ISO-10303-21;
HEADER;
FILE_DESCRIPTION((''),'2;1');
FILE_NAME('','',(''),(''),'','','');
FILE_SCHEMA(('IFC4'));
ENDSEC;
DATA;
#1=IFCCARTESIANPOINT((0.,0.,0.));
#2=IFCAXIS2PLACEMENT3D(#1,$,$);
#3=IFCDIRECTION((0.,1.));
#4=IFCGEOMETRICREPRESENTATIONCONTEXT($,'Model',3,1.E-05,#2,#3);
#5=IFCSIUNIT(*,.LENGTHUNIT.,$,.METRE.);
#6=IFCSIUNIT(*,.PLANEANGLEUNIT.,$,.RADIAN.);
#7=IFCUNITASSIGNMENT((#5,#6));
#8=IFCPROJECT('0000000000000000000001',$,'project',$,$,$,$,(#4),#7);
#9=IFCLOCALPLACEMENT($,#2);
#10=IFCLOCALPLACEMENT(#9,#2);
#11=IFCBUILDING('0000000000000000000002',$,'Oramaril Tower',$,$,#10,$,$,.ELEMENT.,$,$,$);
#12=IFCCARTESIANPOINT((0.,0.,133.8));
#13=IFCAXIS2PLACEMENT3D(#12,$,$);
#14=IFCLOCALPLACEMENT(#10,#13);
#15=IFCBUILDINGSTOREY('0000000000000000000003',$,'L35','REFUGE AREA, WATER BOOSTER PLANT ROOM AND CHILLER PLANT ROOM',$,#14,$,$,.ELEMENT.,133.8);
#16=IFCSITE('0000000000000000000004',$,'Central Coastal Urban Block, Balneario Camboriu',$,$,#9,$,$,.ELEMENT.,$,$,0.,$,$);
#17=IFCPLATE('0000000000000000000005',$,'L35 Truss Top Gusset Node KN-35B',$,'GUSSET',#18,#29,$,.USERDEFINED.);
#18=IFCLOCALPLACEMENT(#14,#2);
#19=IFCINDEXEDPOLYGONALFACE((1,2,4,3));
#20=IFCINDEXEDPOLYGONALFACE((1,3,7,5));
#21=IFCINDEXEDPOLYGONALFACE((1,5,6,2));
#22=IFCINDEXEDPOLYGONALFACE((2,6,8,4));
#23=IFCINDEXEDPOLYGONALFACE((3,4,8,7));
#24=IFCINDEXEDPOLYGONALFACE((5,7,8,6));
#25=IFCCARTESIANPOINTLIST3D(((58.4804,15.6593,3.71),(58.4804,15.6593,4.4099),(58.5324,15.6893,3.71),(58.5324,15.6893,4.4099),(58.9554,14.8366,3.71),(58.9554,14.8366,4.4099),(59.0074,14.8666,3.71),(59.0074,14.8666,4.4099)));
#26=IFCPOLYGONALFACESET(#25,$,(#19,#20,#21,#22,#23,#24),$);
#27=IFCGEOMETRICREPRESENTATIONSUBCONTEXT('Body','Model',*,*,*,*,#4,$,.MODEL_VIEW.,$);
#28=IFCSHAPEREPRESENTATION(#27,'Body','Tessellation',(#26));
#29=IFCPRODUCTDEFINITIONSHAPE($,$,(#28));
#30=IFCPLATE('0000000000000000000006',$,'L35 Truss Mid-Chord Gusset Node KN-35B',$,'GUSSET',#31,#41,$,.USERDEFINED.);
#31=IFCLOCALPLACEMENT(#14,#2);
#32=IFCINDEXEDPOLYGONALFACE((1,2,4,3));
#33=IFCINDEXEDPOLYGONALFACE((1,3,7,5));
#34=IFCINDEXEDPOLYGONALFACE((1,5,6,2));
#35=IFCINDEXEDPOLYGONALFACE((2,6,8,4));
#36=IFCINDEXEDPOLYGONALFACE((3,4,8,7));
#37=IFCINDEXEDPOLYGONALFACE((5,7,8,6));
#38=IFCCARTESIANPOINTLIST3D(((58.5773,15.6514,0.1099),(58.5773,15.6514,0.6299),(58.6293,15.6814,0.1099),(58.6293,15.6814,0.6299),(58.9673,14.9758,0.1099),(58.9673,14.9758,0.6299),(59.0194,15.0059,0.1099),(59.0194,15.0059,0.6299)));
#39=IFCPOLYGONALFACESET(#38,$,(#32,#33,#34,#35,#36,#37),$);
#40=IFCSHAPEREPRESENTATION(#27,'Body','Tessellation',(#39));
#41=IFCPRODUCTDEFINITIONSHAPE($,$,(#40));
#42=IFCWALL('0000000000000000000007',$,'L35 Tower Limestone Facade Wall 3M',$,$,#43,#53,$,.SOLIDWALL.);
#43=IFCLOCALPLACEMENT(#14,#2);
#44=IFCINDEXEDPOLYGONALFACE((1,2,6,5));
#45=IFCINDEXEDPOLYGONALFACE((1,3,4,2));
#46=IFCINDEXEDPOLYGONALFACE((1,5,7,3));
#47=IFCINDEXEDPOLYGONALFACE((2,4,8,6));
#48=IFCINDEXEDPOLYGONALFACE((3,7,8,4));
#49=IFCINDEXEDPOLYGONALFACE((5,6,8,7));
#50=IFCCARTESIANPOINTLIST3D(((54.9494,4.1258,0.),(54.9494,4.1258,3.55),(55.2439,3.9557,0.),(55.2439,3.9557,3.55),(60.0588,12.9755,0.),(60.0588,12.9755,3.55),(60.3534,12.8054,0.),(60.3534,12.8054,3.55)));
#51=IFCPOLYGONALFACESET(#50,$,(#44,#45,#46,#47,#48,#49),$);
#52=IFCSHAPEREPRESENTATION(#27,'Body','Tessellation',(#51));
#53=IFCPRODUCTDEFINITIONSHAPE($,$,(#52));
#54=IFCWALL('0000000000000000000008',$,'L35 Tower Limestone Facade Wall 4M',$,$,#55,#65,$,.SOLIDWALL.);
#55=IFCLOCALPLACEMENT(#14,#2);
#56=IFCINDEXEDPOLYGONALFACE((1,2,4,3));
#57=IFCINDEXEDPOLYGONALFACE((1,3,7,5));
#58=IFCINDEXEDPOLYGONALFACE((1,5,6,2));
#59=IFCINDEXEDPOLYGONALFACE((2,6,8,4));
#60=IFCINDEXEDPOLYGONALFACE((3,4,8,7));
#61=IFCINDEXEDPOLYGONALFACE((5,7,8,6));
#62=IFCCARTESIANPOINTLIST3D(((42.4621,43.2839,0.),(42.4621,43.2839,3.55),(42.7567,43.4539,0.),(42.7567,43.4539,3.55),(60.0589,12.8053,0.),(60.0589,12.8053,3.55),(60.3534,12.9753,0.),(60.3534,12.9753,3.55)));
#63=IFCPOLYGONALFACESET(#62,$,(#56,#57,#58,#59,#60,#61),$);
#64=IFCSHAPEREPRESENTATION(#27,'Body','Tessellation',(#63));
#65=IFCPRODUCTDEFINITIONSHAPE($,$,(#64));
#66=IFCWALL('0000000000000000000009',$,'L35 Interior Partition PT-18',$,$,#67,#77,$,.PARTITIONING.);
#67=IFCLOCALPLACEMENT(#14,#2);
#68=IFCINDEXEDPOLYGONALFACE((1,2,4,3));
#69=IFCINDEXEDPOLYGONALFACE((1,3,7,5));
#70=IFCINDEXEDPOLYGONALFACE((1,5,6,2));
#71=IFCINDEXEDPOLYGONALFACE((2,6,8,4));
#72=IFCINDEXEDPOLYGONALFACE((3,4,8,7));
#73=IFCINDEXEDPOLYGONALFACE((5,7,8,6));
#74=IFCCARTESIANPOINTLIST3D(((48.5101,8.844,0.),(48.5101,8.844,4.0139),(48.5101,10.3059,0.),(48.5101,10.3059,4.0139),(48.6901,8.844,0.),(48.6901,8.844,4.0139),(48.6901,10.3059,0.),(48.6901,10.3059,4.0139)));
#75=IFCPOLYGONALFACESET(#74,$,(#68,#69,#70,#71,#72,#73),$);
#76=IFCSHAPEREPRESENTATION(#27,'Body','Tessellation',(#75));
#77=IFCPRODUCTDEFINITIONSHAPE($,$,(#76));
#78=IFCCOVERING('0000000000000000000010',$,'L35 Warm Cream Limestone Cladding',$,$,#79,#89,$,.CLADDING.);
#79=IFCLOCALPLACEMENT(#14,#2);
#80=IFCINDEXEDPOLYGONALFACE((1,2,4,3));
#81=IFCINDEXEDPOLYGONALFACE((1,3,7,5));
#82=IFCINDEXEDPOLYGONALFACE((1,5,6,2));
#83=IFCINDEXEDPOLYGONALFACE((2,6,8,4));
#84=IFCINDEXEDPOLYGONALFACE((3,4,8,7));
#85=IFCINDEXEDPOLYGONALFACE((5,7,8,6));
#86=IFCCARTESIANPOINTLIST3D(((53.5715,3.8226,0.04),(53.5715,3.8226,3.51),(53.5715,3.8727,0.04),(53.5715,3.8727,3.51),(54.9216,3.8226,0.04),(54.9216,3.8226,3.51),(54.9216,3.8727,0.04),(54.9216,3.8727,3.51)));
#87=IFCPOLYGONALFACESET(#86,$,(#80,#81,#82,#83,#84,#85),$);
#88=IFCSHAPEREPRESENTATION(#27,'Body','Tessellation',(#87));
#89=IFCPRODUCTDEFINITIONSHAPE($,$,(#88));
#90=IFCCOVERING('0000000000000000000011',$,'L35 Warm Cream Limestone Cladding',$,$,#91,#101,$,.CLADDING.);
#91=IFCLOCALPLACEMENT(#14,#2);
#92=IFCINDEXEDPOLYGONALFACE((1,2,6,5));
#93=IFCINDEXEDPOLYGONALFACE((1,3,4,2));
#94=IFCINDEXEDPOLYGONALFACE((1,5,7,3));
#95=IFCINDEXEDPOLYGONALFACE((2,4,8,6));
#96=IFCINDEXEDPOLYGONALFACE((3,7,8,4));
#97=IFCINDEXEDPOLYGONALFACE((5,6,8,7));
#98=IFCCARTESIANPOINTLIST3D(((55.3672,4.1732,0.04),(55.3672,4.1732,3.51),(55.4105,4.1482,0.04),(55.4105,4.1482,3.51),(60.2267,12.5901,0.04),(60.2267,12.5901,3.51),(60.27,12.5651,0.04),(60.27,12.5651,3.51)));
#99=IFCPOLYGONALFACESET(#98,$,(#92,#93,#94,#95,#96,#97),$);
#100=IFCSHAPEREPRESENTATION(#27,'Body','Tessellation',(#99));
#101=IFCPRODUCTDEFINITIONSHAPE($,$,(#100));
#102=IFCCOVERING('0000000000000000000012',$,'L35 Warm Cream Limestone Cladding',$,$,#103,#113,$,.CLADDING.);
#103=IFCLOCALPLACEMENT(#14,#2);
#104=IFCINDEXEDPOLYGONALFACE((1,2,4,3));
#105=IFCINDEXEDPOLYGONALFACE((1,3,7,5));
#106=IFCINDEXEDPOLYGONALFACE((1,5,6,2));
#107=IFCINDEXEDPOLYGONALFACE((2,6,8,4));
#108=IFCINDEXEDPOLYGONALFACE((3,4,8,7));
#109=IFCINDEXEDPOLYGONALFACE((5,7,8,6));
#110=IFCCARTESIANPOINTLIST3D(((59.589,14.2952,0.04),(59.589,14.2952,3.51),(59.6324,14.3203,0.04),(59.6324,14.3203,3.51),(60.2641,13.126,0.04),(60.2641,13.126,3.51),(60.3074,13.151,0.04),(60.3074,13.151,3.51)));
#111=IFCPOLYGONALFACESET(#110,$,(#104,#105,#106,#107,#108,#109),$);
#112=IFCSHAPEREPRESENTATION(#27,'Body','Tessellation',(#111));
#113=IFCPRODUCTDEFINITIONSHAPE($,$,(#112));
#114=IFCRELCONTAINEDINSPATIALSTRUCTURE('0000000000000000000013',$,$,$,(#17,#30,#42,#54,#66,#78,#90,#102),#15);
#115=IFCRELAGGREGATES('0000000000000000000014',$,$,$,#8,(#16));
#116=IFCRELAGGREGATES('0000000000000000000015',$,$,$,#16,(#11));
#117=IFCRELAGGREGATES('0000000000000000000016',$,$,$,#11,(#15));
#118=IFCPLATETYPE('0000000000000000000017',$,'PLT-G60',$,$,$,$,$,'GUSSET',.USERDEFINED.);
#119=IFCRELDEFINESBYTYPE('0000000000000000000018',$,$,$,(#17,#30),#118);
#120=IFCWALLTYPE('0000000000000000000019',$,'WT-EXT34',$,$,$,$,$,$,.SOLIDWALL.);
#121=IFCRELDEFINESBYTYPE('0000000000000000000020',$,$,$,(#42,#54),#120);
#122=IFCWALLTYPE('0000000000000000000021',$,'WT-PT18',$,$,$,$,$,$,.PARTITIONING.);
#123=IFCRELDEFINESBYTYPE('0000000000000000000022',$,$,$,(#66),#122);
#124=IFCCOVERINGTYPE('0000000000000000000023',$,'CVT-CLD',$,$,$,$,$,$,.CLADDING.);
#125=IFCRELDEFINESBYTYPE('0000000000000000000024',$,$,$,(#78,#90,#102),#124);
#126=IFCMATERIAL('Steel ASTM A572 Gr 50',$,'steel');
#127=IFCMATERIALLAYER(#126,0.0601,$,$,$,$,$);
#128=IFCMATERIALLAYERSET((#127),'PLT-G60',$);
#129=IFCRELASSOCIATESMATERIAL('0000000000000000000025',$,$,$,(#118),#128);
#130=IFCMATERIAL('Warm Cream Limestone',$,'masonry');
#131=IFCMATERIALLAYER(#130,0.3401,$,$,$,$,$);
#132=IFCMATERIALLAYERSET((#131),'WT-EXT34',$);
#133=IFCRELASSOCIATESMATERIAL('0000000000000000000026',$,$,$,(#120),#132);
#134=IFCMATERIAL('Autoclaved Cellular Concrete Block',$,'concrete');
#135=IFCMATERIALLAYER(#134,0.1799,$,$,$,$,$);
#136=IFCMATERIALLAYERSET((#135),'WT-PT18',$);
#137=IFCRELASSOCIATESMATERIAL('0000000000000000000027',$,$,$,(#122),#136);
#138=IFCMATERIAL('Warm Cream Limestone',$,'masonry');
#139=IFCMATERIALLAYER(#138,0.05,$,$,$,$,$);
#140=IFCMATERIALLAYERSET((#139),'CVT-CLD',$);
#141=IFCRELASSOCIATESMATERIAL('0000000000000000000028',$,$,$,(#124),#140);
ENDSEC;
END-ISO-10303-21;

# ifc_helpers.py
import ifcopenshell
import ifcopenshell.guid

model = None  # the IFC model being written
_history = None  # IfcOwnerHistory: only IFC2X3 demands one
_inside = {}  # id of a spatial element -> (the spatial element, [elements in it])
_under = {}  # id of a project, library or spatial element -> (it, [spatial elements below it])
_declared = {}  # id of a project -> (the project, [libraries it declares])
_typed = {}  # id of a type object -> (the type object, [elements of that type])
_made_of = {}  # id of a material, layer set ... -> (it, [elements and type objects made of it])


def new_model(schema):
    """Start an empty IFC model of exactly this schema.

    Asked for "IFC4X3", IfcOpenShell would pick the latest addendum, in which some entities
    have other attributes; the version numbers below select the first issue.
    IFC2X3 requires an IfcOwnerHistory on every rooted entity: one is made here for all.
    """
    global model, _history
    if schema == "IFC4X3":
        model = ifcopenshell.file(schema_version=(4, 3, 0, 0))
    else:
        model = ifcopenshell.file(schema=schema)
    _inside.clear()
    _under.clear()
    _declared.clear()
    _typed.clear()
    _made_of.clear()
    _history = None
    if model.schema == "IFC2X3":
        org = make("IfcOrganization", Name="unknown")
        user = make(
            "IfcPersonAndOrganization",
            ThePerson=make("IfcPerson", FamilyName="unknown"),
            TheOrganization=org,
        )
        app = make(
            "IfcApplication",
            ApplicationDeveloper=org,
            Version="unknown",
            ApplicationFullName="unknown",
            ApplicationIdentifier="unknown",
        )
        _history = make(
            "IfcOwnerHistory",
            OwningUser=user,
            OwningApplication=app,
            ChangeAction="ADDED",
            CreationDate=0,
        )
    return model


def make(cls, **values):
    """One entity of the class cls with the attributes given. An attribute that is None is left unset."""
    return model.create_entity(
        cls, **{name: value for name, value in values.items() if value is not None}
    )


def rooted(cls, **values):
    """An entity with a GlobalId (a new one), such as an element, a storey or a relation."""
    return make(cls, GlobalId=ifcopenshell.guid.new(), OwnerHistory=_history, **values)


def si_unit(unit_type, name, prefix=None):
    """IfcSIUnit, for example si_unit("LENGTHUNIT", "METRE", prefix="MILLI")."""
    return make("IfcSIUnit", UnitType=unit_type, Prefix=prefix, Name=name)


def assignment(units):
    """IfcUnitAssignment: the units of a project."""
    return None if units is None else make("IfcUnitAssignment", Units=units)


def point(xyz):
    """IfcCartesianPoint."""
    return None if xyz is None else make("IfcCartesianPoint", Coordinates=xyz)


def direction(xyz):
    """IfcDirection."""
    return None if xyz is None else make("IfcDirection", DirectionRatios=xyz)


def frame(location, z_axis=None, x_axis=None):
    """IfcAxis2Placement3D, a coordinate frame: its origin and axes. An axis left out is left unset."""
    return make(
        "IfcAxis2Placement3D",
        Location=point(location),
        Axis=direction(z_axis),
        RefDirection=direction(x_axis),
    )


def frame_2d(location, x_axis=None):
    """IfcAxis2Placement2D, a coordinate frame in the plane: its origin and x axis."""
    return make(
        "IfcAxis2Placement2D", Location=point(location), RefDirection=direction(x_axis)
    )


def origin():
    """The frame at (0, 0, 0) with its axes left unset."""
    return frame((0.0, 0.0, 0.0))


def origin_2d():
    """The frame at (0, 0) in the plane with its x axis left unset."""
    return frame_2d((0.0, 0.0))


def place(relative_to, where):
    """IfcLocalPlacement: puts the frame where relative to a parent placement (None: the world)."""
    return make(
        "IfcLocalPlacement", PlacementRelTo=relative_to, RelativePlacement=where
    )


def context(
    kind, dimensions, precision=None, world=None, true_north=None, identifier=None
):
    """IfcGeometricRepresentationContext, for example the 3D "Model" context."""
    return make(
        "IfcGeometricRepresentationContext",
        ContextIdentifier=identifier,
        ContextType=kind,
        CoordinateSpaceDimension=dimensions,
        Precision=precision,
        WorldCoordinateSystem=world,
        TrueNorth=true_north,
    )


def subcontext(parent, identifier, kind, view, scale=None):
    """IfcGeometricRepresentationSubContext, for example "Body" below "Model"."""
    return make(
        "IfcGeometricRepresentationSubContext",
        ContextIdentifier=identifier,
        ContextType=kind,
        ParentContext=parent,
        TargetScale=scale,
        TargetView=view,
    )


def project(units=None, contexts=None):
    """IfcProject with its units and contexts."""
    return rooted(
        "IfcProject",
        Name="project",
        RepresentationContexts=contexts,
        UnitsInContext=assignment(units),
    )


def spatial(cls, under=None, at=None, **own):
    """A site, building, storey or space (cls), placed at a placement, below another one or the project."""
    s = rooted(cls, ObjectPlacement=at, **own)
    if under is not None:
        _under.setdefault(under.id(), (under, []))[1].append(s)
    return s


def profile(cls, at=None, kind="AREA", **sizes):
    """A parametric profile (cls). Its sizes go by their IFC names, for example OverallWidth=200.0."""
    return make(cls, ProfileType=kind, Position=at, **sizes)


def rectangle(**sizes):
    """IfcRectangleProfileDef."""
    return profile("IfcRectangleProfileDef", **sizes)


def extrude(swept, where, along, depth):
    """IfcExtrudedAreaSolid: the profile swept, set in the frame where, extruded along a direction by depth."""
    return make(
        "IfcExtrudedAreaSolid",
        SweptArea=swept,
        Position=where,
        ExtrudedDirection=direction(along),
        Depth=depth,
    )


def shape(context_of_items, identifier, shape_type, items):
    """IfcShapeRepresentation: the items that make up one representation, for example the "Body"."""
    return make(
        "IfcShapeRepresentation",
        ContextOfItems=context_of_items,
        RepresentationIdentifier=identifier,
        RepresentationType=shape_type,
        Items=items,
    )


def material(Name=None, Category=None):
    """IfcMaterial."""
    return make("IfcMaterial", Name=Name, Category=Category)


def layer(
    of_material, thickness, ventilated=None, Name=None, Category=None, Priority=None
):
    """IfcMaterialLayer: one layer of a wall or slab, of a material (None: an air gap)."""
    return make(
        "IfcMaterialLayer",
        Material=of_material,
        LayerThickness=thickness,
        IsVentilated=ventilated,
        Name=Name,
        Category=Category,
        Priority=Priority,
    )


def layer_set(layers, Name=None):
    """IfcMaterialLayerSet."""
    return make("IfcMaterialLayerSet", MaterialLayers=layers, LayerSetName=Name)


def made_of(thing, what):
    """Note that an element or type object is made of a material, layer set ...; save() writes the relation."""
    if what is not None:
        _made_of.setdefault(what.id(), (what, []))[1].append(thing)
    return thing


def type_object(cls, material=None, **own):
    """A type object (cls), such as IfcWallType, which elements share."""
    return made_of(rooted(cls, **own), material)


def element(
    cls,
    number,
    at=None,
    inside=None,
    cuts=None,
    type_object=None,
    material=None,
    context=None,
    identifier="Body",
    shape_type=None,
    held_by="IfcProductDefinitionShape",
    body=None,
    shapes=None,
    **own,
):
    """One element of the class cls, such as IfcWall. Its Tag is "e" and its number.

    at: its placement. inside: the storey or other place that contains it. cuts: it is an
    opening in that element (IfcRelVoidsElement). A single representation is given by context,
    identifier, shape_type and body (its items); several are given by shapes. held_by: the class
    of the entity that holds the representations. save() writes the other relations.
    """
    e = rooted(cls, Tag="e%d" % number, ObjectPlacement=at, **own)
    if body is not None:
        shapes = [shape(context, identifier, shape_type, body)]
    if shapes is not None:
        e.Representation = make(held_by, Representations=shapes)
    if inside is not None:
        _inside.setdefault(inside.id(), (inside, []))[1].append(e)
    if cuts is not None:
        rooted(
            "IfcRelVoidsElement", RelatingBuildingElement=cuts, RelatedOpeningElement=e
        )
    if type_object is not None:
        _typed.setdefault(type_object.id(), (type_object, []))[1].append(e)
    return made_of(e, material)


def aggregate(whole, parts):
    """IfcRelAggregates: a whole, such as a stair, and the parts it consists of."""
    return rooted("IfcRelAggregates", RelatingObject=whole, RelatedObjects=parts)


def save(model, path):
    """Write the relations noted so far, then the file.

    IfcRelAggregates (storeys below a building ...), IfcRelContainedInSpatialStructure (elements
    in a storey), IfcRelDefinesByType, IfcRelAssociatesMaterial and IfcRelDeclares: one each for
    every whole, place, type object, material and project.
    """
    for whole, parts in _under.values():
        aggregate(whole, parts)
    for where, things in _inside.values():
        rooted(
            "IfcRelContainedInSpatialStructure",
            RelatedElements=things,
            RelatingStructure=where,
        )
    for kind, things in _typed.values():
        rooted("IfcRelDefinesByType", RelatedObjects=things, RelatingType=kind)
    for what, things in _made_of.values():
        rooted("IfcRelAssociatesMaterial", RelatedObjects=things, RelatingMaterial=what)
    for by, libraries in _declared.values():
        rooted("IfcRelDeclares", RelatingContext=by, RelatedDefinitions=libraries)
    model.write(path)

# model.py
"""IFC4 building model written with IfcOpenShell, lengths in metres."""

from ifc_helpers import new_model, si_unit, direction, frame, frame_2d, origin, origin_2d, place, context, subcontext, project, spatial, rectangle, extrude, material, layer, layer_set, type_object, element, save


model = new_model("IFC4")

# Units and contexts
model_context = context("Model", 3, precision=1e-05, world=origin(), true_north=direction((0.0, 1.0)))
body_context = subcontext(model_context, "Body", "Model", "MODEL_VIEW")
ifc_project = project(units=[si_unit("LENGTHUNIT", "METRE"), si_unit("PLANEANGLEUNIT", "RADIAN")], contexts=[model_context])

# Site, building, storey
site_placement = place(None, origin())
site = spatial("IfcSite", under=ifc_project, at=site_placement, Name="Central Coastal Urban Block, Balneario Camboriu", CompositionType="ELEMENT", RefElevation=0.0)
building_placement = place(site_placement, origin())
building = spatial("IfcBuilding", under=site, at=building_placement, Name="Oramaril Tower", CompositionType="ELEMENT")
storey_placement = place(building_placement, frame((0.0, 0.0, 133.8)))
storey = spatial("IfcBuildingStorey", under=building, at=storey_placement, Name="L35", Description="REFUGE AREA, WATER BOOSTER PLANT ROOM AND CHILLER PLANT ROOM", CompositionType="ELEMENT", Elevation=133.8)

# Plates
ifc_material_1 = material(Name="Steel ASTM A572 Gr 50", Category="steel")
ifc_layer_1 = layer(ifc_material_1, 0.0601)
ifc_layer_set_1 = layer_set([ifc_layer_1], Name="PLT-G60")
plate_type = type_object("IfcPlateType", Name="PLT-G60", ElementType="GUSSET", PredefinedType="USERDEFINED", material=ifc_layer_set_1)
plate_1_placement = place(storey_placement, frame((58.7439, 15.2629, 3.71), z_axis=(0.0, 0.0, 1.0), x_axis=(-0.500008, 0.866021, 0.0)))
element("IfcPlate", 1, at=plate_1_placement, inside=storey, type_object=plate_type, Name="L35 Truss Top Gusset Node KN-35B", ObjectType="GUSSET", PredefinedType="USERDEFINED", context=body_context, shape_type="SweptSolid", body=[
    extrude(rectangle(XDim=0.95, YDim=0.0601, at=origin_2d()), origin(), (0.0, 0.0, 1.0), 0.7),
])
plate_2_placement = place(storey_placement, frame((58.7983, 15.3286, 0.1099), z_axis=(0.0, 0.0, 1.0), x_axis=(-0.500008, 0.866021, 0.0)))
element("IfcPlate", 2, at=plate_2_placement, inside=storey, type_object=plate_type, Name="L35 Truss Mid-Chord Gusset Node KN-35B", ObjectType="GUSSET", PredefinedType="USERDEFINED", context=body_context, shape_type="SweptSolid", body=[
    extrude(rectangle(XDim=0.78, YDim=0.0601, at=origin_2d()), origin(), (0.0, 0.0, 1.0), 0.52),
])

# Walls
ifc_material_2 = material(Name="Warm Cream Limestone", Category="masonry")
ifc_layer_2 = layer(ifc_material_2, 0.3401)
ifc_layer_set_2 = layer_set([ifc_layer_2], Name="WT-EXT34")
wall_type_1 = type_object("IfcWallType", Name="WT-EXT34", PredefinedType="SOLIDWALL", material=ifc_layer_set_2)
wall_1_placement = place(storey_placement, frame((55.0967, 4.0408, 0.0), z_axis=(0.0, 0.0, 1.0), x_axis=(0.500004, 0.866023, 0.0)))
element("IfcWall", 3, at=wall_1_placement, inside=storey, type_object=wall_type_1, Name="L35 Tower Limestone Facade Wall 3M", PredefinedType="SOLIDWALL", context=body_context, shape_type="SweptSolid", body=[
    extrude(rectangle(XDim=10.2188, YDim=0.3401, at=frame_2d((5.1094, 0.0))), origin(), (0.0, 0.0, 1.0), 3.55),
])
wall_2_placement = place(storey_placement, frame((60.2061, 12.8904, 0.0), z_axis=(0.0, 0.0, 1.0), x_axis=(-0.499998, 0.866027, 0.0)))
element("IfcWall", 4, at=wall_2_placement, inside=storey, type_object=wall_type_1, Name="L35 Tower Limestone Facade Wall 4M", PredefinedType="SOLIDWALL", context=body_context, shape_type="SweptSolid", body=[
    extrude(rectangle(XDim=35.1936, YDim=0.3401, at=frame_2d((17.5967, 0.0))), origin(), (0.0, 0.0, 1.0), 3.55),
])
ifc_material_3 = material(Name="Autoclaved Cellular Concrete Block", Category="concrete")
ifc_layer_3 = layer(ifc_material_3, 0.1799)
ifc_layer_set_3 = layer_set([ifc_layer_3], Name="WT-PT18")
wall_type_2 = type_object("IfcWallType", Name="WT-PT18", PredefinedType="PARTITIONING", material=ifc_layer_set_3)
wall_3_placement = place(storey_placement, frame((48.6001, 8.844, 0.0), z_axis=(0.0, 0.0, 1.0), x_axis=(0.0, 1.0, 0.0)))
element("IfcWall", 5, at=wall_3_placement, inside=storey, type_object=wall_type_2, Name="L35 Interior Partition PT-18", PredefinedType="PARTITIONING", context=body_context, shape_type="SweptSolid", body=[
    extrude(rectangle(XDim=1.4619, YDim=0.1799, at=frame_2d((0.731, 0.0))), origin(), (0.0, 0.0, 1.0), 4.0139),
])

# Coverings
ifc_material_4 = material(Name="Warm Cream Limestone", Category="masonry")
ifc_layer_4 = layer(ifc_material_4, 0.05)
ifc_layer_set_4 = layer_set([ifc_layer_4], Name="CVT-CLD")
covering_type = type_object("IfcCoveringType", Name="CVT-CLD", PredefinedType="CLADDING", material=ifc_layer_set_4)
covering_1_placement = place(storey_placement, frame((54.2466, 3.8477, 0.04), z_axis=(0.0, 0.0, 1.0), x_axis=(1.0, 0.0, 0.0)))
element("IfcCovering", 6, at=covering_1_placement, inside=storey, type_object=covering_type, Name="L35 Warm Cream Limestone Cladding", PredefinedType="CLADDING", context=body_context, shape_type="SweptSolid", body=[
    extrude(rectangle(XDim=1.3501, YDim=0.05, at=origin_2d()), origin(), (0.0, 0.0, 1.0), 3.47),
])
covering_2_placement = place(storey_placement, frame((57.8186, 8.3691, 0.04), z_axis=(0.0, 0.0, 1.0), x_axis=(0.499997, 0.866027, 0.0)))
element("IfcCovering", 7, at=covering_2_placement, inside=storey, type_object=covering_type, Name="L35 Warm Cream Limestone Cladding", PredefinedType="CLADDING", context=body_context, shape_type="SweptSolid", body=[
    extrude(rectangle(XDim=9.719, YDim=0.05, at=origin_2d()), origin(), (0.0, 0.0, 1.0), 3.47),
])
covering_3_placement = place(storey_placement, frame((59.9482, 13.7231, 0.04), z_axis=(0.0, 0.0, 1.0), x_axis=(-0.500002, 0.866025, 0.0)))
element("IfcCovering", 8, at=covering_3_placement, inside=storey, type_object=covering_type, Name="L35 Warm Cream Limestone Cladding", PredefinedType="CLADDING", context=body_context, shape_type="SweptSolid", body=[
    extrude(rectangle(XDim=1.3501, YDim=0.05, at=origin_2d()), origin(), (0.0, 0.0, 1.0), 3.47),
])

save(model, "model.ifc")
